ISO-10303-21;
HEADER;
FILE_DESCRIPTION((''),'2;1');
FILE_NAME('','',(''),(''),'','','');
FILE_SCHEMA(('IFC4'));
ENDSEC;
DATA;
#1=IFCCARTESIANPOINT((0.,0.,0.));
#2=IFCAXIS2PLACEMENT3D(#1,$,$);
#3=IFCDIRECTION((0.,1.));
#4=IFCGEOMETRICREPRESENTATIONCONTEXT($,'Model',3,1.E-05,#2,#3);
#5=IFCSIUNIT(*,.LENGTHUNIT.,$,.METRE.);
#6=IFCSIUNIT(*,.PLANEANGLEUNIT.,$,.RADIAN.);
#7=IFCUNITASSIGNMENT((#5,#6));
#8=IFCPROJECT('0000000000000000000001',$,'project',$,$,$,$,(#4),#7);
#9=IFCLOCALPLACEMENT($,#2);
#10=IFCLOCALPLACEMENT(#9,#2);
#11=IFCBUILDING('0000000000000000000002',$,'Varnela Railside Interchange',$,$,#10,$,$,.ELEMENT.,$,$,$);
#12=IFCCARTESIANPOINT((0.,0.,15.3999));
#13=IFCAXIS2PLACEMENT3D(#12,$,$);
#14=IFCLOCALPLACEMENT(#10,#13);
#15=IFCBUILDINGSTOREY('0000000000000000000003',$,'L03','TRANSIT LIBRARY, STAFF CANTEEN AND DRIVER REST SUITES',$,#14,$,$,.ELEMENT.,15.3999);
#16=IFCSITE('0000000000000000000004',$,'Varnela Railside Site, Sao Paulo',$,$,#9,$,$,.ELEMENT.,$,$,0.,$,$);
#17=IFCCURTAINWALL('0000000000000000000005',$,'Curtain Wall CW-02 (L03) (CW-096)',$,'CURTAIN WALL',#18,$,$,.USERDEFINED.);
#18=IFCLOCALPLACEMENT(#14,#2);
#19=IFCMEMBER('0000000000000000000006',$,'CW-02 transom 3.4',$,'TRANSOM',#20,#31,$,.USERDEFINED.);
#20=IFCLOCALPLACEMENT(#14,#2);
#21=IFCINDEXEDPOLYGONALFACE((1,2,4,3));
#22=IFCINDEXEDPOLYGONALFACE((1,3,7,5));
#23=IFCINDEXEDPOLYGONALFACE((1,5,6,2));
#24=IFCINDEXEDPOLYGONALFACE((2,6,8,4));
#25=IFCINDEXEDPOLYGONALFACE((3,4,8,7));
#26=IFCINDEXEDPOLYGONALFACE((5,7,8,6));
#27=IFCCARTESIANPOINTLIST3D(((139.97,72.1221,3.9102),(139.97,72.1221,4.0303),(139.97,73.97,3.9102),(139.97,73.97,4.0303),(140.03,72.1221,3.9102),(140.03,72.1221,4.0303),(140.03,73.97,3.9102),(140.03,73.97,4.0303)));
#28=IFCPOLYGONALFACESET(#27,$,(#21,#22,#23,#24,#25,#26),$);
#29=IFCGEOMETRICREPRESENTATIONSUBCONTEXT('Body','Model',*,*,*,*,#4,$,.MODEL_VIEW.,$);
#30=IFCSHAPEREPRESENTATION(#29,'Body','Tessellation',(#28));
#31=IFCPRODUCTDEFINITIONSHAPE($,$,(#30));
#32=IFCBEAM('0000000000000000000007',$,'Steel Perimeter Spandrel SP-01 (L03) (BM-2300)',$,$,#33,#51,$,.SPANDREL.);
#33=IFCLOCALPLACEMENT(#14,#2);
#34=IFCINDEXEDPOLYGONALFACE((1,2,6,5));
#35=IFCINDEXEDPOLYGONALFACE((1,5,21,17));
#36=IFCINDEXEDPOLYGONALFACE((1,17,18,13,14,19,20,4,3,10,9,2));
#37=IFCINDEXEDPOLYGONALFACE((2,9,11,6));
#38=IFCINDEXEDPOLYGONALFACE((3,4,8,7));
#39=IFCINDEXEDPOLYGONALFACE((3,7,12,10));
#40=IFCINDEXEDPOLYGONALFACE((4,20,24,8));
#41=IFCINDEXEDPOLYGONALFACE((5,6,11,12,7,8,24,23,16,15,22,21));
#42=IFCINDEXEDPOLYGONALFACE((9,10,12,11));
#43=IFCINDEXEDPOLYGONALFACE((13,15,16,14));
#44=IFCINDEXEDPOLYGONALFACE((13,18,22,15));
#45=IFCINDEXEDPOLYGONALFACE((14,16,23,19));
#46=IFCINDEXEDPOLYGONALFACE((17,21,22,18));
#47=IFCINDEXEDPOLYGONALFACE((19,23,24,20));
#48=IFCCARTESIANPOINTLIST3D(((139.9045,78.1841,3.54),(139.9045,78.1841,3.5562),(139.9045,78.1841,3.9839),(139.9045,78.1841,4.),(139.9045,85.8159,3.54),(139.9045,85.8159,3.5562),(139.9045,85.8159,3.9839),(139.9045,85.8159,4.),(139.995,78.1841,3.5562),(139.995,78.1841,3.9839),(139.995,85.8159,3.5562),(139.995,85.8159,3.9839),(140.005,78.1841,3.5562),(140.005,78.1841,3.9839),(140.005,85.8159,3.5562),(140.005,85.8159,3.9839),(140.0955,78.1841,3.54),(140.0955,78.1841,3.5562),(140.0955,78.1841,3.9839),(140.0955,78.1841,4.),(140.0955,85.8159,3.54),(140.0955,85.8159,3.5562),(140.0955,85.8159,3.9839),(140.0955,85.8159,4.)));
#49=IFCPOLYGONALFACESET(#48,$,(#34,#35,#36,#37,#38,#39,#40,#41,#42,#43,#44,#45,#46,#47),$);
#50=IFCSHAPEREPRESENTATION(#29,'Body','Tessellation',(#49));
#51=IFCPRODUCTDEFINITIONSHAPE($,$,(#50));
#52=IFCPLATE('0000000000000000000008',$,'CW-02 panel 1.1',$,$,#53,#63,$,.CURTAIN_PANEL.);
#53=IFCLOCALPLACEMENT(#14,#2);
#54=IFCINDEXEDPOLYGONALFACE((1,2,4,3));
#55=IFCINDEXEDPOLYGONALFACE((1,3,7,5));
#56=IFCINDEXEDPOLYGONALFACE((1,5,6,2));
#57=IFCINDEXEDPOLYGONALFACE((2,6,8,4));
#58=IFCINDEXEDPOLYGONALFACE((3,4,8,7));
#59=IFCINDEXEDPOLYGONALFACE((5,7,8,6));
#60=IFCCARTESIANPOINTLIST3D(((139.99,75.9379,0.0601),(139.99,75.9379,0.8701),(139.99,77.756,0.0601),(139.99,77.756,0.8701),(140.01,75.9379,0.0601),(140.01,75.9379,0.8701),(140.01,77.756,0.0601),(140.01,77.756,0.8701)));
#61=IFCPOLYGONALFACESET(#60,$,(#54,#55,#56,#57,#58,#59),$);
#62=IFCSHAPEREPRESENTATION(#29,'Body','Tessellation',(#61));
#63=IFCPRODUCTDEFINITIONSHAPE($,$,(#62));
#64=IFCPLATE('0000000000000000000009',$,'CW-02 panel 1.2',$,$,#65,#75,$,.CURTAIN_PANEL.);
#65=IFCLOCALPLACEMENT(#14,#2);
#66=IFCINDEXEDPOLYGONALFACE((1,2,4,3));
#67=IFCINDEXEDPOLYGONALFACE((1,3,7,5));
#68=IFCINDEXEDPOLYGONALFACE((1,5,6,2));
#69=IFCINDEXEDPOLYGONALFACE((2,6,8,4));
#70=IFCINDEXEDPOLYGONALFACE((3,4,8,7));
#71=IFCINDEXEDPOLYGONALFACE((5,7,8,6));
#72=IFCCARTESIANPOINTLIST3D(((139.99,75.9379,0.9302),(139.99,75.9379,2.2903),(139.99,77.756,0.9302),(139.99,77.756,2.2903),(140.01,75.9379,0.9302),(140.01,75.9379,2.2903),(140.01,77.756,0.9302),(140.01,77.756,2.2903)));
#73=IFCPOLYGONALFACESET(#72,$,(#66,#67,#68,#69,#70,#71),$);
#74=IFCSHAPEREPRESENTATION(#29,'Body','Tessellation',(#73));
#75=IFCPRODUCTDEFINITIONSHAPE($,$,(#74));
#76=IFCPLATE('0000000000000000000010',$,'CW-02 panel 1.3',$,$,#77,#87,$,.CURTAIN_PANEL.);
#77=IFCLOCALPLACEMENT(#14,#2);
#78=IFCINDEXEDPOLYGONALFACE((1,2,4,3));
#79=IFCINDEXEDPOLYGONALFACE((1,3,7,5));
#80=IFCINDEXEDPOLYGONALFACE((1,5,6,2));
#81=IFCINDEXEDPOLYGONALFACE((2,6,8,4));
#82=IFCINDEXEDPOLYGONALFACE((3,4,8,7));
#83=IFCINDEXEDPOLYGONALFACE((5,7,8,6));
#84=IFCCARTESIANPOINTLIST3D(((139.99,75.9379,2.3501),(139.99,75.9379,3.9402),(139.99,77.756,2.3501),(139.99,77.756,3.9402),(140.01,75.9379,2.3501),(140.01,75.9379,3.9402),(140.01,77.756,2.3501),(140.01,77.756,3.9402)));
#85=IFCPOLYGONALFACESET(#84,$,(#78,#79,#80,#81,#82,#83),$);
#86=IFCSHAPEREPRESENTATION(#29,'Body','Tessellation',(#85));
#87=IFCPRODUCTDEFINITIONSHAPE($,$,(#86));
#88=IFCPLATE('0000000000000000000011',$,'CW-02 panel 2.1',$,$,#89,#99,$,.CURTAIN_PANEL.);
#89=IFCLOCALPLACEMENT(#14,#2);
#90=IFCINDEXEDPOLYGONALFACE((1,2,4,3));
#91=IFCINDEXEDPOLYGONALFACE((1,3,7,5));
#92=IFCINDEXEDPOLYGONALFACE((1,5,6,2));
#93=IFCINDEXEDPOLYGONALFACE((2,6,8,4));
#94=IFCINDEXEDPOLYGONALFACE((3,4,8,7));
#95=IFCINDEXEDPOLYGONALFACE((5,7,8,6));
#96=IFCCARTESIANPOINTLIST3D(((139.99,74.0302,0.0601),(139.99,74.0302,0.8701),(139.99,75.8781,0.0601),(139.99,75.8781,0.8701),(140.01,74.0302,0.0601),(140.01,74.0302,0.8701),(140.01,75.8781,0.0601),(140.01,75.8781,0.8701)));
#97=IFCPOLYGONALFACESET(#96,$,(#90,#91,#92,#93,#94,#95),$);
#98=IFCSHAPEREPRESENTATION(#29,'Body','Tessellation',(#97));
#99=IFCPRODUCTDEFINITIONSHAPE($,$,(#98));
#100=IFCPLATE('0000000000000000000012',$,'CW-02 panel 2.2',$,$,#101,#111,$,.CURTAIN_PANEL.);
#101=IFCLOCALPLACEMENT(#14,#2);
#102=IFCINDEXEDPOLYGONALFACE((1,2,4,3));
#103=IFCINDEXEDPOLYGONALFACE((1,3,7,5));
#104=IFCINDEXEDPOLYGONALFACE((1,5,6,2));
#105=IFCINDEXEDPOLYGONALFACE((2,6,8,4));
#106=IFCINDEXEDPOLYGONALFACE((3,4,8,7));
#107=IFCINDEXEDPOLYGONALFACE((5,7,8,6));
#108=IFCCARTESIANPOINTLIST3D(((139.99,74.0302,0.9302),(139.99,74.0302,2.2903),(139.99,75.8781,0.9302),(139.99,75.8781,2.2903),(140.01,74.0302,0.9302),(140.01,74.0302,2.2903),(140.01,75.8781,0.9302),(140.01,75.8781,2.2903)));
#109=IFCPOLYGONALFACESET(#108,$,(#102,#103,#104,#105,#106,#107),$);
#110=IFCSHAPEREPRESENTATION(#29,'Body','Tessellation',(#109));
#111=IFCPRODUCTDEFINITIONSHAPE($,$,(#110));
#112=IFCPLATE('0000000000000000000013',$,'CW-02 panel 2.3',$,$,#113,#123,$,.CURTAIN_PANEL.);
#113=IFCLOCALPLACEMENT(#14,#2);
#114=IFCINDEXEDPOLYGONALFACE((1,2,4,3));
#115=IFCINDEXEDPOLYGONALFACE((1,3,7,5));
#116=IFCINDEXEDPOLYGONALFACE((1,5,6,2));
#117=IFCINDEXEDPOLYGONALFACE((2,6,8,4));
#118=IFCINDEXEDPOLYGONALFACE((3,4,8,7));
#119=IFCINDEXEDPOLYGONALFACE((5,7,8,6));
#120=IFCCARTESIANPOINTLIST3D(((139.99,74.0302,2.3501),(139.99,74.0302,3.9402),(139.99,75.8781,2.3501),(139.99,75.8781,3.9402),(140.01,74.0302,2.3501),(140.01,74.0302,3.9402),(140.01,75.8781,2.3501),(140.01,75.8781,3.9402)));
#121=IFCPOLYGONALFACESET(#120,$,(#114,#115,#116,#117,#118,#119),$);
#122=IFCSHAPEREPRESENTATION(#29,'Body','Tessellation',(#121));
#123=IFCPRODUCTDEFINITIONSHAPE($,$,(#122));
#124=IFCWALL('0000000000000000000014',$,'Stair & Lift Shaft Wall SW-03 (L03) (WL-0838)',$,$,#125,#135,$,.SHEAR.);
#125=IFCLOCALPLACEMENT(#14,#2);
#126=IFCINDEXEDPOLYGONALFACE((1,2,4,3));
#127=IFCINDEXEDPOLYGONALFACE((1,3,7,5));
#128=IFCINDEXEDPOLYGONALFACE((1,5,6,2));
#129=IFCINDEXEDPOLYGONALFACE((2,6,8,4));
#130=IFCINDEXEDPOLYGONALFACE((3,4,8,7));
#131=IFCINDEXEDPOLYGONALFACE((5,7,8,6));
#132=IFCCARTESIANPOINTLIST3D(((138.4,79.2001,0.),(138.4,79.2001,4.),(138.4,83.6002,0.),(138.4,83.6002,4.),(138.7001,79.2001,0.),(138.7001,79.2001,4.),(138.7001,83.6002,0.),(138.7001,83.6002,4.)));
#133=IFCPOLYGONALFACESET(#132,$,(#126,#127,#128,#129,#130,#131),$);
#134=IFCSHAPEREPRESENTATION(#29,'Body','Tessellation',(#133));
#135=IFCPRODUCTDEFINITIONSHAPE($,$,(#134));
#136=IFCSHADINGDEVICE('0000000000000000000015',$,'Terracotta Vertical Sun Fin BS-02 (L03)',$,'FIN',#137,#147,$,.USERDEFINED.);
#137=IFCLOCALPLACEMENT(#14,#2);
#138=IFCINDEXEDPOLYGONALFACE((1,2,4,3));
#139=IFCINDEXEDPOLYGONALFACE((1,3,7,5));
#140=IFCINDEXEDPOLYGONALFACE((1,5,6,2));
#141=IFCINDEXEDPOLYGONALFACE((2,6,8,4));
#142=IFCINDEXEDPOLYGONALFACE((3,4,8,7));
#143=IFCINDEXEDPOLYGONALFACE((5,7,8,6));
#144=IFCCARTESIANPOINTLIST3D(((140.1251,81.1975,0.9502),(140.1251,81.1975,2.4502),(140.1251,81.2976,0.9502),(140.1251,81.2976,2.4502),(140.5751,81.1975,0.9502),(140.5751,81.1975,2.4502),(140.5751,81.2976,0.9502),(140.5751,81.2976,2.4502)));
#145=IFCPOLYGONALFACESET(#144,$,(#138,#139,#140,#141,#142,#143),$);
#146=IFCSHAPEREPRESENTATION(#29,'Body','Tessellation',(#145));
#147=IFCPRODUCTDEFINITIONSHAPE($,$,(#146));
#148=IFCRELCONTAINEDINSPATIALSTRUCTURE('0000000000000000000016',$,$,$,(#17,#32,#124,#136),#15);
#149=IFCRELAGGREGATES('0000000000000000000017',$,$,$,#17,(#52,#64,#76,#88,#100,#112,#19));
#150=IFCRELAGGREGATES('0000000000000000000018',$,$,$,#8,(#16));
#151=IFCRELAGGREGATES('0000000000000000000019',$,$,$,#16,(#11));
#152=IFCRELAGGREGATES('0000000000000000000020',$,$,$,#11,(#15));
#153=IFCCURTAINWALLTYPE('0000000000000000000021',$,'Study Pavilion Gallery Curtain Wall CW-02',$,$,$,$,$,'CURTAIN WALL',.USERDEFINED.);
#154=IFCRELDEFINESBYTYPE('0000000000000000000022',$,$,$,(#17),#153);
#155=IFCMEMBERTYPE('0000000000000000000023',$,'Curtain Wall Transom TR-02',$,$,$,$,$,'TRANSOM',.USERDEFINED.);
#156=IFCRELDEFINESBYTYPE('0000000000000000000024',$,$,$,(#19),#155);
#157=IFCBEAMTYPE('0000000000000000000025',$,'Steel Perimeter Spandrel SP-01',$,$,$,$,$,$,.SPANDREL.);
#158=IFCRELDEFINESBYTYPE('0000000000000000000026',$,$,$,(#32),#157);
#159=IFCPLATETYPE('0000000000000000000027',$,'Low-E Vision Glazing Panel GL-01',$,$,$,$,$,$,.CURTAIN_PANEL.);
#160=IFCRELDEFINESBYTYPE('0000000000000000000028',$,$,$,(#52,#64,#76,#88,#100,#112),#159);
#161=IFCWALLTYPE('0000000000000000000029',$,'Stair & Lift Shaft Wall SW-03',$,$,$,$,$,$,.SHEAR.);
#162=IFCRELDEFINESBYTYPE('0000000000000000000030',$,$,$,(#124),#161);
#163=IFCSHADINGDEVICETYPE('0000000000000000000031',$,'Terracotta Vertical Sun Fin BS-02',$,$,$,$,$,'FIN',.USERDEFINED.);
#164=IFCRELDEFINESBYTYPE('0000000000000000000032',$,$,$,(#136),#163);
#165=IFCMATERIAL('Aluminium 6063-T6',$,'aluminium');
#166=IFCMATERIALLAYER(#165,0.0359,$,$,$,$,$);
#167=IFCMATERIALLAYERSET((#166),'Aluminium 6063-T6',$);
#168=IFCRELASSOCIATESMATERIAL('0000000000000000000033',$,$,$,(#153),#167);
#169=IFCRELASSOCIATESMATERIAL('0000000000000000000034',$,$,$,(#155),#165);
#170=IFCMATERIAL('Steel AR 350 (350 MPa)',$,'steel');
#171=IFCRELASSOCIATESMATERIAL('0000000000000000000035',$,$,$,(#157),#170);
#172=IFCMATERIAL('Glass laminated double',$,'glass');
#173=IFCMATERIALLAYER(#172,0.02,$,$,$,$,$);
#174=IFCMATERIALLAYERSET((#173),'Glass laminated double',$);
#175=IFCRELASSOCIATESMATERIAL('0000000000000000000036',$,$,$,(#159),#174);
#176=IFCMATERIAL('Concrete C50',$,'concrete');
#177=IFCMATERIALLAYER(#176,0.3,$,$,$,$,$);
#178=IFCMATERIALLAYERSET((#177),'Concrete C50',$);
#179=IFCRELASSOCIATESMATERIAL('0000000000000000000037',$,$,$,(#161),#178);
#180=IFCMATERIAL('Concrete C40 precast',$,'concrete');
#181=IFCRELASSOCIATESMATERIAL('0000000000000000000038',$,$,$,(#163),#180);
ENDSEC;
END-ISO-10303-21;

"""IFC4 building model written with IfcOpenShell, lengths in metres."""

from ifc_helpers import new_model, si_unit, direction, frame, frame_2d, origin, origin_2d, place, context, subcontext, project, spatial, rectangle, i_section, extrude, material, layer, layer_set, material_profile, profile_set, type_object, element, aggregate, save


model = new_model("IFC4")

# Units and contexts
model_context = context("Model", 3, precision=1e-05, world=origin(), true_north=direction((0.0, 1.0)))
body_context = subcontext(model_context, "Body", "Model", "MODEL_VIEW")
ifc_project = project(units=[si_unit("LENGTHUNIT", "METRE"), si_unit("PLANEANGLEUNIT", "RADIAN")], contexts=[model_context])

# Site, building, storey
site_placement = place(None, origin())
site = spatial("IfcSite", under=ifc_project, at=site_placement, Name="Varnela Railside Site, Sao Paulo", CompositionType="ELEMENT", RefElevation=0.0)
building_placement = place(site_placement, origin())
building = spatial("IfcBuilding", under=site, at=building_placement, Name="Varnela Railside Interchange", CompositionType="ELEMENT")
storey_placement = place(building_placement, frame((0.0, 0.0, 15.3999)))
storey = spatial("IfcBuildingStorey", under=building, at=storey_placement, Name="L03", Description="TRANSIT LIBRARY, STAFF CANTEEN AND DRIVER REST SUITES", CompositionType="ELEMENT", Elevation=15.3999)

# Shared definitions
ifc_material_1 = material(Name="Steel AR 350 (350 MPa)", Category="steel")

# Curtain wall, member
ifc_material_2 = material(Name="Aluminium 6063-T6", Category="aluminium")
ifc_layer_1 = layer(ifc_material_2, 0.0359)
ifc_layer_set_1 = layer_set([ifc_layer_1], Name="Aluminium 6063-T6")
curtain_wall_type = type_object("IfcCurtainWallType", Name="Study Pavilion Gallery Curtain Wall CW-02", ElementType="CURTAIN WALL", PredefinedType="USERDEFINED", material=ifc_layer_set_1)
curtain_wall_placement = place(storey_placement, origin())
curtain_wall = element("IfcCurtainWall", 1, at=curtain_wall_placement, inside=storey, type_object=curtain_wall_type, Name="Curtain Wall CW-02 (L03) (CW-096)", ObjectType="CURTAIN WALL", PredefinedType="USERDEFINED")
ifc_material_profile_1 = material_profile(ifc_material_2, rectangle(XDim=0.0601, YDim=0.1201, at=origin_2d()), Name="ALU 60x120")
ifc_profile_set_1 = profile_set([ifc_material_profile_1], Name="Aluminium 6063-T6")
member_type_1 = type_object("IfcMemberType", Name="Curtain Wall Transom TR-02", ElementType="TRANSOM", PredefinedType="USERDEFINED", material=ifc_profile_set_1)
member_1_placement = place(storey_placement, frame((140.0, 73.97, 3.9702), z_axis=(0.0, -1.0, 0.0), x_axis=(1.0, 0.0, 0.0)))
member_1 = element("IfcMember", 2, at=member_1_placement, type_object=member_type_1, Name="CW-02 transom 3.4", ObjectType="TRANSOM", PredefinedType="USERDEFINED", context=body_context, shape_type="SweptSolid", body=[
    extrude(rectangle(XDim=0.0601, YDim=0.1201, at=origin_2d()), origin(), (0.0, 0.0, 1.0), 1.8479),
])

# Beam
ifc_material_profile_2 = material_profile(ifc_material_1, i_section(OverallWidth=0.1909, OverallDepth=0.46, WebThickness=0.01, FlangeThickness=0.0161, at=origin_2d()), Name="W460x82")
ifc_profile_set_2 = profile_set([ifc_material_profile_2], Name="Steel AR 350 (350 MPa)")
beam_type_1 = type_object("IfcBeamType", Name="Steel Perimeter Spandrel SP-01", PredefinedType="SPANDREL", material=ifc_profile_set_2)
beam_1_placement = place(storey_placement, frame((140.0, 78.1841, 3.77), z_axis=(0.0, 1.0, 0.0), x_axis=(-1.0, 0.0, 0.0)))
element("IfcBeam", 3, at=beam_1_placement, inside=storey, type_object=beam_type_1, Name="Steel Perimeter Spandrel SP-01 (L03) (BM-2300)", PredefinedType="SPANDREL", context=body_context, shape_type="SweptSolid", body=[
    extrude(i_section(OverallWidth=0.1909, OverallDepth=0.46, WebThickness=0.01, FlangeThickness=0.0161, at=origin_2d()), origin(), (0.0, 0.0, 1.0), 7.6318),
])

# Plates
ifc_material_3 = material(Name="Glass laminated double", Category="glass")
ifc_layer_2 = layer(ifc_material_3, 0.02)
ifc_layer_set_2 = layer_set([ifc_layer_2], Name="Glass laminated double")
plate_type = type_object("IfcPlateType", Name="Low-E Vision Glazing Panel GL-01", PredefinedType="CURTAIN_PANEL", material=ifc_layer_set_2)
plate_1_placement = place(storey_placement, frame((140.0, 76.8469, 0.0601), z_axis=(0.0, 0.0, 1.0), x_axis=(0.0, -1.0, 0.0)))
plate_1 = element("IfcPlate", 4, at=plate_1_placement, type_object=plate_type, Name="CW-02 panel 1.1", PredefinedType="CURTAIN_PANEL", context=body_context, shape_type="SweptSolid", body=[
    extrude(rectangle(XDim=1.8181, YDim=0.02, at=origin_2d()), origin(), (0.0, 0.0, 1.0), 0.8101),
])
plate_2_placement = place(storey_placement, frame((140.0, 76.8469, 0.9302), z_axis=(0.0, 0.0, 1.0), x_axis=(0.0, -1.0, 0.0)))
plate_2 = element("IfcPlate", 5, at=plate_2_placement, type_object=plate_type, Name="CW-02 panel 1.2", PredefinedType="CURTAIN_PANEL", context=body_context, shape_type="SweptSolid", body=[
    extrude(rectangle(XDim=1.8181, YDim=0.02, at=origin_2d()), origin(), (0.0, 0.0, 1.0), 1.3601),
])
plate_3_placement = place(storey_placement, frame((140.0, 76.8469, 2.3501), z_axis=(0.0, 0.0, 1.0), x_axis=(0.0, -1.0, 0.0)))
plate_3 = element("IfcPlate", 6, at=plate_3_placement, type_object=plate_type, Name="CW-02 panel 1.3", PredefinedType="CURTAIN_PANEL", context=body_context, shape_type="SweptSolid", body=[
    extrude(rectangle(XDim=1.8181, YDim=0.02, at=origin_2d()), origin(), (0.0, 0.0, 1.0), 1.5901),
])
plate_4_placement = place(storey_placement, frame((140.0, 74.9541, 0.0601), z_axis=(0.0, 0.0, 1.0), x_axis=(0.0, -1.0, 0.0)))
plate_4 = element("IfcPlate", 7, at=plate_4_placement, type_object=plate_type, Name="CW-02 panel 2.1", PredefinedType="CURTAIN_PANEL", context=body_context, shape_type="SweptSolid", body=[
    extrude(rectangle(XDim=1.8479, YDim=0.02, at=origin_2d()), origin(), (0.0, 0.0, 1.0), 0.8101),
])
plate_5_placement = place(storey_placement, frame((140.0, 74.9541, 0.9302), z_axis=(0.0, 0.0, 1.0), x_axis=(0.0, -1.0, 0.0)))
plate_5 = element("IfcPlate", 8, at=plate_5_placement, type_object=plate_type, Name="CW-02 panel 2.2", PredefinedType="CURTAIN_PANEL", context=body_context, shape_type="SweptSolid", body=[
    extrude(rectangle(XDim=1.8479, YDim=0.02, at=origin_2d()), origin(), (0.0, 0.0, 1.0), 1.3601),
])
plate_6_placement = place(storey_placement, frame((140.0, 74.9541, 2.3501), z_axis=(0.0, 0.0, 1.0), x_axis=(0.0, -1.0, 0.0)))
plate_6 = element("IfcPlate", 9, at=plate_6_placement, type_object=plate_type, Name="CW-02 panel 2.3", PredefinedType="CURTAIN_PANEL", context=body_context, shape_type="SweptSolid", body=[
    extrude(rectangle(XDim=1.8479, YDim=0.02, at=origin_2d()), origin(), (0.0, 0.0, 1.0), 1.5901),
])
aggregate(curtain_wall, [plate_1, plate_2, plate_3, plate_4, plate_5, plate_6, member_1])

# Wall
ifc_material_4 = material(Name="Concrete C50", Category="concrete")
ifc_layer_3 = layer(ifc_material_4, 0.3)
ifc_layer_set_3 = layer_set([ifc_layer_3], Name="Concrete C50")
wall_type = type_object("IfcWallType", Name="Stair & Lift Shaft Wall SW-03", PredefinedType="SHEAR", material=ifc_layer_set_3)
wall_placement = place(storey_placement, frame((138.55, 79.2, 0.0), z_axis=(0.0, 0.0, 1.0), x_axis=(0.0, 1.0, 0.0)))
element("IfcWall", 10, at=wall_placement, inside=storey, type_object=wall_type, Name="Stair & Lift Shaft Wall SW-03 (L03) (WL-0838)", PredefinedType="SHEAR", context=body_context, shape_type="SweptSolid", body=[
    extrude(rectangle(XDim=4.4001, YDim=0.3, at=frame_2d((2.2002, 0.0))), origin(), (0.0, 0.0, 1.0), 4.0),
])

# Shading device
ifc_material_5 = material(Name="Concrete C40 precast", Category="concrete")
shading_device_type = type_object("IfcShadingDeviceType", Name="Terracotta Vertical Sun Fin BS-02", ElementType="FIN", PredefinedType="USERDEFINED", material=ifc_material_5)
shading_device_placement = place(storey_placement, frame((140.3501, 81.2476, 0.9502), z_axis=(0.0, 0.0, 1.0), x_axis=(1.0, 0.0, 0.0)))
element("IfcShadingDevice", 11, at=shading_device_placement, inside=storey, type_object=shading_device_type, Name="Terracotta Vertical Sun Fin BS-02 (L03)", ObjectType="FIN", PredefinedType="USERDEFINED", context=body_context, shape_type="SweptSolid", body=[
    extrude(rectangle(XDim=0.45, YDim=0.1001, at=origin_2d()), origin(), (0.0, 0.0, 1.0), 1.5),
])

save(model, "model.ifc")
